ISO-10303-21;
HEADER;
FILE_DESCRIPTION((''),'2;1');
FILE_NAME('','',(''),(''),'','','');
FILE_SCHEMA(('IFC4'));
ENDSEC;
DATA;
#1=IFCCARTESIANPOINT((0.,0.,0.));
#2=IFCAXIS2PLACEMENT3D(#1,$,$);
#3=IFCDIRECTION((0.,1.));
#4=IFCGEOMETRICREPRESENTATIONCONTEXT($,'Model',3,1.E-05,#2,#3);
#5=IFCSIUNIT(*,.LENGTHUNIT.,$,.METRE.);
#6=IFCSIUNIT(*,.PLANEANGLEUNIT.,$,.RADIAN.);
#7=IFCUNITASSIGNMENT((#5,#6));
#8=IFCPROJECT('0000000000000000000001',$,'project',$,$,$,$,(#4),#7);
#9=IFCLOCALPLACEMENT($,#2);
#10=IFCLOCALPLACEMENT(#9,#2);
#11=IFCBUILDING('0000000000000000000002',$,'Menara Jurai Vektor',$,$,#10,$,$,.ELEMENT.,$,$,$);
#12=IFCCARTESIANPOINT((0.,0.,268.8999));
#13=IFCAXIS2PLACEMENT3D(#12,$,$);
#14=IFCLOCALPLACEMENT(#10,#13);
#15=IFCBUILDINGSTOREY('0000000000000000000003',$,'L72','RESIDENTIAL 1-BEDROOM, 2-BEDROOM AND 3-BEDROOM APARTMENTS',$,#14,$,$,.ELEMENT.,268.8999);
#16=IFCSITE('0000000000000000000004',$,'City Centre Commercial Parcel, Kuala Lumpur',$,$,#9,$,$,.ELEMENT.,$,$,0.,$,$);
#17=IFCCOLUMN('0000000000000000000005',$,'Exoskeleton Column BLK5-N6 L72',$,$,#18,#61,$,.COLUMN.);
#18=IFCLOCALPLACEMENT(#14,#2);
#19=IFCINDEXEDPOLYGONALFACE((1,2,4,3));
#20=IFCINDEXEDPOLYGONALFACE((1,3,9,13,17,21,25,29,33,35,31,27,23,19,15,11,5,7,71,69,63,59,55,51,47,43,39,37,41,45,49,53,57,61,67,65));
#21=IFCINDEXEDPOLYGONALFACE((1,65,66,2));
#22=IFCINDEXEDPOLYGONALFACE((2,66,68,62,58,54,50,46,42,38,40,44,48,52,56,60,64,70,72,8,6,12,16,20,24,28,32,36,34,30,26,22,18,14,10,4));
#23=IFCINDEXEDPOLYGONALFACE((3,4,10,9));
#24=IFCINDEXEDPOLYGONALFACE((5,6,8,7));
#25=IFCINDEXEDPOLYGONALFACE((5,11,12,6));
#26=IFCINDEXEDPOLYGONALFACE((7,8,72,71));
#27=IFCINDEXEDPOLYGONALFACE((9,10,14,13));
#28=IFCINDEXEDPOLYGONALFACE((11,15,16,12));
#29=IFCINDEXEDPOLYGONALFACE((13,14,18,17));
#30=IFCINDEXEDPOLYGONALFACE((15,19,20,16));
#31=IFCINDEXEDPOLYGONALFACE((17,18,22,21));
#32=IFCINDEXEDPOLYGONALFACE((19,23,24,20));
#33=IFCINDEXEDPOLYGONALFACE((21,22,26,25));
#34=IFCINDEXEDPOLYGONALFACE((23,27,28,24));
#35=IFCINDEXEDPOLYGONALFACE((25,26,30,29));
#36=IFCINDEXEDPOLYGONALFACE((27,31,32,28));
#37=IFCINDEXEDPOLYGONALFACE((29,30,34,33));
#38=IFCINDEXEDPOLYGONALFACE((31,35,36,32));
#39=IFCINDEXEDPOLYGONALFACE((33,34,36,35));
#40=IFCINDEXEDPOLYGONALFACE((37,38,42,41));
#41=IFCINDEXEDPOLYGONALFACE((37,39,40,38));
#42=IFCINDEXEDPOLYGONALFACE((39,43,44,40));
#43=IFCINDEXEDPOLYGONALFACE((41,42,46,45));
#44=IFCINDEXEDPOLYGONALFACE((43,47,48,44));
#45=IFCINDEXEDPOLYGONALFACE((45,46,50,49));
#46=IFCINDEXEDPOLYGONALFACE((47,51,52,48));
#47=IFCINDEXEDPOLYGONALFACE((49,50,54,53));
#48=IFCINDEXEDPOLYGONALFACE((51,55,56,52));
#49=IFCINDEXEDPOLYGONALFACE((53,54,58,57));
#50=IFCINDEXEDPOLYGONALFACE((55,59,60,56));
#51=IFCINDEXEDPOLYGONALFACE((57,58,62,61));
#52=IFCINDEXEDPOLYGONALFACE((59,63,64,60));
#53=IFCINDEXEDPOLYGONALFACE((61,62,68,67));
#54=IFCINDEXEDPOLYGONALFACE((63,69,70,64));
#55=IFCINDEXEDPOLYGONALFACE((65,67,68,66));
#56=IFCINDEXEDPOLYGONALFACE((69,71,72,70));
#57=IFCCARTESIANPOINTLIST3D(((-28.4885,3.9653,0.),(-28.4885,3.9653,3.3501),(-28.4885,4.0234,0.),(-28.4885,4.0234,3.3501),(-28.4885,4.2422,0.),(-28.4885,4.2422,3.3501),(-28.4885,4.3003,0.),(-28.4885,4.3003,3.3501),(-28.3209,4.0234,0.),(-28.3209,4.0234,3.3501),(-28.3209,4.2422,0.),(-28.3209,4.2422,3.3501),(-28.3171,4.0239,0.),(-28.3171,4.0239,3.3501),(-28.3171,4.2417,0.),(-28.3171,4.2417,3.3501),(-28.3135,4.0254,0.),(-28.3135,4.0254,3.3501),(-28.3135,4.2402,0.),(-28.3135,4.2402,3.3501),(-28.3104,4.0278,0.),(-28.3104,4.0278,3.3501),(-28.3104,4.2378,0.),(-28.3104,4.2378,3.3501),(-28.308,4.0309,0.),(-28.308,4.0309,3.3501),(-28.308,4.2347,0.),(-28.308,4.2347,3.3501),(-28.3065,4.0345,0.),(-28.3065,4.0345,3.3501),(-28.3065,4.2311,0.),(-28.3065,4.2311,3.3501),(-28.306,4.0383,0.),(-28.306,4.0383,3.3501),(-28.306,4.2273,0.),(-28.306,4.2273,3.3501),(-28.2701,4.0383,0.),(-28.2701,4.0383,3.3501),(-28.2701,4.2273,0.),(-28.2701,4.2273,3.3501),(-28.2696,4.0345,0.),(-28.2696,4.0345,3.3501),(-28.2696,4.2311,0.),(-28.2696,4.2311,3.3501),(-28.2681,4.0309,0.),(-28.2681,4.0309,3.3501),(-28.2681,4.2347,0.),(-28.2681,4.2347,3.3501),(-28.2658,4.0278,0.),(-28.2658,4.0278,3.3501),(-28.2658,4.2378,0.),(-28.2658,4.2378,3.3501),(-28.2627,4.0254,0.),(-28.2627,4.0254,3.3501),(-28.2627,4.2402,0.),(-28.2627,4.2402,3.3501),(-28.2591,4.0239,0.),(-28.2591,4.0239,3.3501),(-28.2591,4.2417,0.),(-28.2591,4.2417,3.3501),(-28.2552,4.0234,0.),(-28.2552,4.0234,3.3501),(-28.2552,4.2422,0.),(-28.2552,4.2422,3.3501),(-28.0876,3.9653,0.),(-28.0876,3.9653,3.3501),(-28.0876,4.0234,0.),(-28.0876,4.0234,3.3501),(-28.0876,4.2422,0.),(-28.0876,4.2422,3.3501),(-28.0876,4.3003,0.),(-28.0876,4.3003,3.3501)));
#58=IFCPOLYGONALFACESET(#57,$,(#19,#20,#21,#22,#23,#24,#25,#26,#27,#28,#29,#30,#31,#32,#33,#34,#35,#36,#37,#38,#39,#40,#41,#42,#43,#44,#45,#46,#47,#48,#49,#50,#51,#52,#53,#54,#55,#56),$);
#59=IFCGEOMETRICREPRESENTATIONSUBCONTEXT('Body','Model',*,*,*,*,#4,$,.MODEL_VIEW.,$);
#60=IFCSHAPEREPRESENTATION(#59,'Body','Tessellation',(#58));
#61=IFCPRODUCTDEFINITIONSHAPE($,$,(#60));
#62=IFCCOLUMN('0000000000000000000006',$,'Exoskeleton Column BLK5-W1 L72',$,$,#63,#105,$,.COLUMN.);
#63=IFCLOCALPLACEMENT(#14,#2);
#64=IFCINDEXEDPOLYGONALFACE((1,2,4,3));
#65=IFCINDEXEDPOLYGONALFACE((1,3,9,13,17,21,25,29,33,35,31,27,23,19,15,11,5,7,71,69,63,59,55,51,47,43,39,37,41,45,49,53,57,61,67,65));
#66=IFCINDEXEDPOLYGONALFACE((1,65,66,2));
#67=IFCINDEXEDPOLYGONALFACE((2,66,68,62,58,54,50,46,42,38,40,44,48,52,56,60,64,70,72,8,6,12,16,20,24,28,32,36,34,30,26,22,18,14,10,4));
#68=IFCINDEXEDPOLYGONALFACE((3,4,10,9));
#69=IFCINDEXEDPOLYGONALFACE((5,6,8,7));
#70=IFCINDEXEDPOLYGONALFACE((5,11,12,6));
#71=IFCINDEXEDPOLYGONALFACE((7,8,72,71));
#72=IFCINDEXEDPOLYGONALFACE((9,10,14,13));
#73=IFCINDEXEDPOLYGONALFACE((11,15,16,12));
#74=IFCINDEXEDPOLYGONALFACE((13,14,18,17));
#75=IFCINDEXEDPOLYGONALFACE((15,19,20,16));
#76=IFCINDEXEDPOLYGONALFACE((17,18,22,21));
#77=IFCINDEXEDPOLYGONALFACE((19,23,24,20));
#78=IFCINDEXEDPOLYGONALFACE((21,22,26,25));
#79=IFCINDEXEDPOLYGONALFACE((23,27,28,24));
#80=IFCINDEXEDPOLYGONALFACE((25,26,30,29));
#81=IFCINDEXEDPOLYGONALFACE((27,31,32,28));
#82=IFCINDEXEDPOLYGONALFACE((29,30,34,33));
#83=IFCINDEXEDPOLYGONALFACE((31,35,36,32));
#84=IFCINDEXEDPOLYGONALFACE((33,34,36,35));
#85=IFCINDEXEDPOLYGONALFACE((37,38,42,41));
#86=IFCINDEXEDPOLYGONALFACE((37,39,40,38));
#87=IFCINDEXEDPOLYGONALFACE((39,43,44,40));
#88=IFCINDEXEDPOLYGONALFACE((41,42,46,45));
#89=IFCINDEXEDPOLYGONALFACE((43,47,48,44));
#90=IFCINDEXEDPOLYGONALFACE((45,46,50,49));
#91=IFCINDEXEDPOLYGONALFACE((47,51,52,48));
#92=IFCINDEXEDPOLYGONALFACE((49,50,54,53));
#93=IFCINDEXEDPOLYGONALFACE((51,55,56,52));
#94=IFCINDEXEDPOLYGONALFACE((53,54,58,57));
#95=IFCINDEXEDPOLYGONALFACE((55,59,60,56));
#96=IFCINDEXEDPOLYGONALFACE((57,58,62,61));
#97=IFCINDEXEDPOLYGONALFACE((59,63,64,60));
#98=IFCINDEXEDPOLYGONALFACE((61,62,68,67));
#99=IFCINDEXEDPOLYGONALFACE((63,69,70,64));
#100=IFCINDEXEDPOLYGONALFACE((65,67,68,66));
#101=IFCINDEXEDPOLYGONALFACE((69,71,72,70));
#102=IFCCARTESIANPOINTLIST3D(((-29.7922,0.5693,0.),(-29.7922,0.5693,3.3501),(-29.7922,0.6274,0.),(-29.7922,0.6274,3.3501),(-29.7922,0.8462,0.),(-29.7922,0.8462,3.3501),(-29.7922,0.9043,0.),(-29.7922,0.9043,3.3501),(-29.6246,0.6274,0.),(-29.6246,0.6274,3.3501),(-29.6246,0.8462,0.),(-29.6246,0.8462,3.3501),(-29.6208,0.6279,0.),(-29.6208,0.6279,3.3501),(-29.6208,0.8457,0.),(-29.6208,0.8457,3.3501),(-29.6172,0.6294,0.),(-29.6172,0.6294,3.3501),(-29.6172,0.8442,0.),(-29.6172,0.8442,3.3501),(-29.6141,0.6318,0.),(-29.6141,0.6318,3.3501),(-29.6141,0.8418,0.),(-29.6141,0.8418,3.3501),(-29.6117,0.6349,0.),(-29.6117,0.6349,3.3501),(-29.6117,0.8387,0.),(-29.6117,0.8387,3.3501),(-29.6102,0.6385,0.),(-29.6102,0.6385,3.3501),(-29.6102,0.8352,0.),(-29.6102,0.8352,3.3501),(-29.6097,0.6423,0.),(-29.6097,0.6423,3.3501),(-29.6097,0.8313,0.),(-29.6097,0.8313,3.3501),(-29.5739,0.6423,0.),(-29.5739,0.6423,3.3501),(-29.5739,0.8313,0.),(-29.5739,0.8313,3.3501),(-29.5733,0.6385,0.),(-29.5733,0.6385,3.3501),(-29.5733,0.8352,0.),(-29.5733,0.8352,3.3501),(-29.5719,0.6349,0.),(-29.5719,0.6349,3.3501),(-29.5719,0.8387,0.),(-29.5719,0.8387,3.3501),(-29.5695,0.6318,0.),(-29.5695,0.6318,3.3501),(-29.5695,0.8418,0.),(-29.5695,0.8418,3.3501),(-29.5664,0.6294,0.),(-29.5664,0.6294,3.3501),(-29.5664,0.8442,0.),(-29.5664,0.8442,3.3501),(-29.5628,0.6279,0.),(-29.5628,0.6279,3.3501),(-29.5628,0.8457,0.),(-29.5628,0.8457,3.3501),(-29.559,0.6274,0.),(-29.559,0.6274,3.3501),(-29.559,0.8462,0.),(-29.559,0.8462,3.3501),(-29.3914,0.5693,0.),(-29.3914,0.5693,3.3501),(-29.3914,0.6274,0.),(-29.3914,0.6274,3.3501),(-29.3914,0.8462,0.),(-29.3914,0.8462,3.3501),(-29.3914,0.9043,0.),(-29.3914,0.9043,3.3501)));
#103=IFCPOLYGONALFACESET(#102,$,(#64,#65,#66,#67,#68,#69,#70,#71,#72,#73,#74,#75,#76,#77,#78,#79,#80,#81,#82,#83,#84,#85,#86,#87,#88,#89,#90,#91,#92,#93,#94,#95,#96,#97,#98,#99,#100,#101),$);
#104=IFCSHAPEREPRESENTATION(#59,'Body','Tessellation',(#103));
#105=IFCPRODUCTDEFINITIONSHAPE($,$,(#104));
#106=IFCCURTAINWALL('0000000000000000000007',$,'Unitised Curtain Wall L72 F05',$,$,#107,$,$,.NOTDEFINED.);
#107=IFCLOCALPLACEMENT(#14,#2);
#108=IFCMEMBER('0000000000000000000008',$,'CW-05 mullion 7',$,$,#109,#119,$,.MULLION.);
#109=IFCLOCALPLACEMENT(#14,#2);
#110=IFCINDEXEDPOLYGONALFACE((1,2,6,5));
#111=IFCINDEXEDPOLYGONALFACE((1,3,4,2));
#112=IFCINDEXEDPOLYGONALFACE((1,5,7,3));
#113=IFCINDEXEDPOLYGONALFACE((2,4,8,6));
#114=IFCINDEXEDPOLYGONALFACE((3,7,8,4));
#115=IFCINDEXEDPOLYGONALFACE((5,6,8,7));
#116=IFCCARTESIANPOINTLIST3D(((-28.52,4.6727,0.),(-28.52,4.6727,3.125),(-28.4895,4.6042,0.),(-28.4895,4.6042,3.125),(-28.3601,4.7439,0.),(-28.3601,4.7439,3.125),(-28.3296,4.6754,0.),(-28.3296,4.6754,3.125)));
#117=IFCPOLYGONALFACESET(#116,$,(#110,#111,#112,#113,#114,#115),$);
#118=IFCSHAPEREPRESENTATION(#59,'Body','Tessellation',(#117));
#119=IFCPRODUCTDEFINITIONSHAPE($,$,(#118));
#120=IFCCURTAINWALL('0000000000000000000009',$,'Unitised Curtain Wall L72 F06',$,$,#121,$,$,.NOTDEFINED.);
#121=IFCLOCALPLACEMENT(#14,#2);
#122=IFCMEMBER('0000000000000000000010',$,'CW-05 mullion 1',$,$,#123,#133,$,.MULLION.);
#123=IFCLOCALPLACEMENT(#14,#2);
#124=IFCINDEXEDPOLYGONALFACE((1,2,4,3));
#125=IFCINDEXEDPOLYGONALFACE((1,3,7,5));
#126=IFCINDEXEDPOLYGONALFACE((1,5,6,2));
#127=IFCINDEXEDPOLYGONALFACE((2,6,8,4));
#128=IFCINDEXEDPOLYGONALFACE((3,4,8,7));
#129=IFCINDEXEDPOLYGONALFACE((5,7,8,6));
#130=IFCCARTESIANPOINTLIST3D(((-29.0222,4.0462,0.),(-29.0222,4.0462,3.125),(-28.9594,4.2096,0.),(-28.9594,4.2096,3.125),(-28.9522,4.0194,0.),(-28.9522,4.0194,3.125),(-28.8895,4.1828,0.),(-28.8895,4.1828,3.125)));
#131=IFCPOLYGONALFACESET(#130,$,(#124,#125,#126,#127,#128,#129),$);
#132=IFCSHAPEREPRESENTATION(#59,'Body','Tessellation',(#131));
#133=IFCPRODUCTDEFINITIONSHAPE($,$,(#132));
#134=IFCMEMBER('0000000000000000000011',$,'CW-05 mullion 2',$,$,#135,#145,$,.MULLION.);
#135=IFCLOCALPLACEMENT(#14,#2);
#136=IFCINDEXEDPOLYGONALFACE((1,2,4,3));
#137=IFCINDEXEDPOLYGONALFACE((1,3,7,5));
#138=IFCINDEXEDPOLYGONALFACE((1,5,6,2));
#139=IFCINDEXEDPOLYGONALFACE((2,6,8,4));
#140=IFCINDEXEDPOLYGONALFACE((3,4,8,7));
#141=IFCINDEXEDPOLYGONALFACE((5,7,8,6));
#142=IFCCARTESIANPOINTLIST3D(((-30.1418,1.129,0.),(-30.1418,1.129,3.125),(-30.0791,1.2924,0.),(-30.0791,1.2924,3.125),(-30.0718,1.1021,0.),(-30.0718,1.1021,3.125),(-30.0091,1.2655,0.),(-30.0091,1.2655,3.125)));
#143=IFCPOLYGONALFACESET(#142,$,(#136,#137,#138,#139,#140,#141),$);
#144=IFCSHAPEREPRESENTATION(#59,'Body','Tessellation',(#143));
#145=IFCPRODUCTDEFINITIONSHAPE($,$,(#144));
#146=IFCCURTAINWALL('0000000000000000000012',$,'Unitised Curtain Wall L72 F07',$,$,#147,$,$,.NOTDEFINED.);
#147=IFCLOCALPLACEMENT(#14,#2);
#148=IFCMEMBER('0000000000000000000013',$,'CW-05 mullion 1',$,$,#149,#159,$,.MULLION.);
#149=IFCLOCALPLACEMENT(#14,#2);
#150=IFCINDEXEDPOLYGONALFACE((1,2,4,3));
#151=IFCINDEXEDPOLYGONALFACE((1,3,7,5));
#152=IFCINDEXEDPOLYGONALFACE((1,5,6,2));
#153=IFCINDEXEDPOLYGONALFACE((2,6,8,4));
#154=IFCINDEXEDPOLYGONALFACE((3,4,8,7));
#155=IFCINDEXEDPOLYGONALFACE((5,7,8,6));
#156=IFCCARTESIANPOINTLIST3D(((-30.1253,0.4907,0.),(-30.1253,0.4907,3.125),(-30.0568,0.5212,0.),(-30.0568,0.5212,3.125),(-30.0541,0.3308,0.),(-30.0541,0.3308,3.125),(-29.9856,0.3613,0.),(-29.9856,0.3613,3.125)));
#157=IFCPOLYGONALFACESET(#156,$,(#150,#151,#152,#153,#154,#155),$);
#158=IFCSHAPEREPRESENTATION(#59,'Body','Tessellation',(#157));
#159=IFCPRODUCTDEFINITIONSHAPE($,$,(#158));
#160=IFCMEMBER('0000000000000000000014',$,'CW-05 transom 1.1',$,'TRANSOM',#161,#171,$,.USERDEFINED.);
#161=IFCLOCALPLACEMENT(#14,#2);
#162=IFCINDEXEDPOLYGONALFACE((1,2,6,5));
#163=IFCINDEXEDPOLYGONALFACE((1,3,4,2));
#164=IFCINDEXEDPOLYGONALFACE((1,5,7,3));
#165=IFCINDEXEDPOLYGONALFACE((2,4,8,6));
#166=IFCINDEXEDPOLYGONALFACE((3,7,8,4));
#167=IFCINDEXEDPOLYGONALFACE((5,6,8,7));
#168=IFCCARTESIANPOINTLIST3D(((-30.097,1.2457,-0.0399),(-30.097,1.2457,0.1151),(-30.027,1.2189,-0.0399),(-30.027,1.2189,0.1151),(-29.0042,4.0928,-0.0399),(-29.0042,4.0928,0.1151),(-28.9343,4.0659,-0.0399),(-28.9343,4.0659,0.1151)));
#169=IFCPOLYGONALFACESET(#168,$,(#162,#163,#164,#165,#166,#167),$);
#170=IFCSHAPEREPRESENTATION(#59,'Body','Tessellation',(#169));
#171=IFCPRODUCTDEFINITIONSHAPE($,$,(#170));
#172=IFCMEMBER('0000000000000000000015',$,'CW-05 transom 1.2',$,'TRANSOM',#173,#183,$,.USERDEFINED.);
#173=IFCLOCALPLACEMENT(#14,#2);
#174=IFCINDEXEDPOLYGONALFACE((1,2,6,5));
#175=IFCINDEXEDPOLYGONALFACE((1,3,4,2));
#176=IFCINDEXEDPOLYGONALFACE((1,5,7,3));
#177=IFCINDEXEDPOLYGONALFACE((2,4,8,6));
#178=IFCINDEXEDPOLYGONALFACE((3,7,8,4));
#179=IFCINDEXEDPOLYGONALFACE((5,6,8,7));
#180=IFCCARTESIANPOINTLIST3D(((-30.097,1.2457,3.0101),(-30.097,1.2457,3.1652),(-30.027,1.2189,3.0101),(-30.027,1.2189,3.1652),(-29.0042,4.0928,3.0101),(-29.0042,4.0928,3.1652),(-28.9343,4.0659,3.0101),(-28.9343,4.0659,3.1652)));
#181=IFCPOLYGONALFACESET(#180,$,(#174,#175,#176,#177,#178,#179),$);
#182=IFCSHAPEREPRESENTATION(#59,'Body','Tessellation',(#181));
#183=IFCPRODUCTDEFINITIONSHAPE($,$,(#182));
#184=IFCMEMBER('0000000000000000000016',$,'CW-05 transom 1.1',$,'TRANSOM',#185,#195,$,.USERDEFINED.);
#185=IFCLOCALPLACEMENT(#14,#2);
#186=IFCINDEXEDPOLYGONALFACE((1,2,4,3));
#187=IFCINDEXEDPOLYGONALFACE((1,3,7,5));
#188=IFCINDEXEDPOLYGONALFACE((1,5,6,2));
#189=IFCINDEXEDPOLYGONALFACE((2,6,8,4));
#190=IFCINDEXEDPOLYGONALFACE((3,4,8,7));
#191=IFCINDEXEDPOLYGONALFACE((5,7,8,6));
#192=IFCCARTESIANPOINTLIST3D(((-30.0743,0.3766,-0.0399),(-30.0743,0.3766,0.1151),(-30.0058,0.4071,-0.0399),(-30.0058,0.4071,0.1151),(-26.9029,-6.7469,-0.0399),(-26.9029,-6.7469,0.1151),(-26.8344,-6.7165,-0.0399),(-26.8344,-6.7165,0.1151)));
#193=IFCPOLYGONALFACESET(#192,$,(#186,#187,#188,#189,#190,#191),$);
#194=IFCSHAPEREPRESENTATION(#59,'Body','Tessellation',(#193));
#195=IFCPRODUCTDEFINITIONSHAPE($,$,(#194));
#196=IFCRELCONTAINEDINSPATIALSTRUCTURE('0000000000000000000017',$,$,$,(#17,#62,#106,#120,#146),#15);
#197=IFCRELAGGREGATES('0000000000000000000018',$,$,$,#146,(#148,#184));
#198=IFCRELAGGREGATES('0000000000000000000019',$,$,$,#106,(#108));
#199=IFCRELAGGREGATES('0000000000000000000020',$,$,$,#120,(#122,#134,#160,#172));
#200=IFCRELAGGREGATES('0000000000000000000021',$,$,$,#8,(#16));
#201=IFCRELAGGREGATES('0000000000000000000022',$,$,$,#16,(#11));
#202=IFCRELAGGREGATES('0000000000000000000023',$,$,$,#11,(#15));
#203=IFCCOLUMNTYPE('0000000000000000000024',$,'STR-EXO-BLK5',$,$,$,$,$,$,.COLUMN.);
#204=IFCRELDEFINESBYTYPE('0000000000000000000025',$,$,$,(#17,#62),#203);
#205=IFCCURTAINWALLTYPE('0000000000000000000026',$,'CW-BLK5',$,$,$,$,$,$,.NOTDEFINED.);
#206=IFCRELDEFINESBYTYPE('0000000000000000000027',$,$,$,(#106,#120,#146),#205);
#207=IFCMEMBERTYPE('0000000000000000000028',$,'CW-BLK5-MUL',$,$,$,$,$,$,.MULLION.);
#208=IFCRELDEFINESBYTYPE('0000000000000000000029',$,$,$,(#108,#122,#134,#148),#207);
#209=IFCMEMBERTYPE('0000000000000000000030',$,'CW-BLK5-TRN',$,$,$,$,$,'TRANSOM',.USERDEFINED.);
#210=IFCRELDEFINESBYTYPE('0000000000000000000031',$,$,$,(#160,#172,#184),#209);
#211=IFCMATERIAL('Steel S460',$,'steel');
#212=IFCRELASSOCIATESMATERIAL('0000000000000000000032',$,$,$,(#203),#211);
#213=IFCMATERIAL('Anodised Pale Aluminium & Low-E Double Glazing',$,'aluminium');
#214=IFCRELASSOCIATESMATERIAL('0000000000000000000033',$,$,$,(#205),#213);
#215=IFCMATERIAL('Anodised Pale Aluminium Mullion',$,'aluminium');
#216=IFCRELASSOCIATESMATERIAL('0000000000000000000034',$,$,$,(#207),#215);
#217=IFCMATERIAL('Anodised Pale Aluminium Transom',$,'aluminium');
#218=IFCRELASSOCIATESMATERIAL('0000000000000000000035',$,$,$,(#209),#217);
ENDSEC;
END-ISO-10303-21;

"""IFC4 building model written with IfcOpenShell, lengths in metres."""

from ifc_helpers import new_model, si_unit, direction, frame, origin, origin_2d, place, context, subcontext, project, spatial, rectangle, i_section, extrude, material, material_profile, profile_set, type_object, element, aggregate, save


model = new_model("IFC4")

# Units and contexts
model_context = context("Model", 3, precision=1e-05, world=origin(), true_north=direction((0.0, 1.0)))
body_context = subcontext(model_context, "Body", "Model", "MODEL_VIEW")
ifc_project = project(units=[si_unit("LENGTHUNIT", "METRE"), si_unit("PLANEANGLEUNIT", "RADIAN")], contexts=[model_context])

# Site, building, storey
site_placement = place(None, origin())
site = spatial("IfcSite", under=ifc_project, at=site_placement, Name="City Centre Commercial Parcel, Kuala Lumpur", CompositionType="ELEMENT", RefElevation=0.0)
building_placement = place(site_placement, origin())
building = spatial("IfcBuilding", under=site, at=building_placement, Name="Menara Jurai Vektor", CompositionType="ELEMENT")
storey_placement = place(building_placement, frame((0.0, 0.0, 268.8999)))
storey = spatial("IfcBuildingStorey", under=building, at=storey_placement, Name="L72", Description="RESIDENTIAL 1-BEDROOM, 2-BEDROOM AND 3-BEDROOM APARTMENTS", CompositionType="ELEMENT", Elevation=268.8999)

# Columns
ifc_material_1 = material(Name="Steel S460", Category="steel")
ifc_material_profile_1 = material_profile(ifc_material_1, i_section(OverallWidth=0.4009, OverallDepth=0.335, WebThickness=0.0359, FlangeThickness=0.0581, FilletRadius=0.0149, at=origin_2d()), Name="HD 400x463")
ifc_profile_set_1 = profile_set([ifc_material_profile_1], Name="Steel S460")
column_type = type_object("IfcColumnType", Name="STR-EXO-BLK5", PredefinedType="COLUMN", material=ifc_profile_set_1)
for number, where, z_axis, x_axis, name in (
    (1, (-28.2881, 4.1328, 0.0), (0.0, 0.0, 1.0), (1.0, 0.0, 0.0), "Exoskeleton Column BLK5-N6 L72"),
    (2, (-29.5918, 0.7368, 0.0), (0.0, 0.0, 1.0), (1.0, 0.0, 0.0), "Exoskeleton Column BLK5-W1 L72"),
):
    element("IfcColumn", number, at=place(storey_placement, frame(where, z_axis=z_axis, x_axis=x_axis)), inside=storey, type_object=column_type, Name=name, PredefinedType="COLUMN", context=body_context, shape_type="SweptSolid", body=[
        extrude(i_section(OverallWidth=0.4009, OverallDepth=0.335, WebThickness=0.0359, FlangeThickness=0.0581, FilletRadius=0.0149, at=origin_2d()), origin(), (0.0, 0.0, 1.0), 3.3501),
    ])

# Curtain wall, member
ifc_material_2 = material(Name="Anodised Pale Aluminium & Low-E Double Glazing", Category="aluminium")
curtain_wall_type = type_object("IfcCurtainWallType", Name="CW-BLK5", PredefinedType="NOTDEFINED", material=ifc_material_2)
curtain_wall_1_placement = place(storey_placement, origin())
curtain_wall_1 = element("IfcCurtainWall", 3, at=curtain_wall_1_placement, inside=storey, type_object=curtain_wall_type, Name="Unitised Curtain Wall L72 F05", PredefinedType="NOTDEFINED")
ifc_material_3 = material(Name="Anodised Pale Aluminium Mullion", Category="aluminium")
ifc_material_profile_2 = material_profile(ifc_material_3, rectangle(XDim=0.075, YDim=0.175, at=origin_2d()), Name="ALU MUL 75x175")
ifc_profile_set_2 = profile_set([ifc_material_profile_2], Name="Anodised Pale Aluminium Mullion")
member_type_1 = type_object("IfcMemberType", Name="CW-BLK5-MUL", PredefinedType="MULLION", material=ifc_profile_set_2)
member_1_placement = place(storey_placement, frame((-28.4248, 4.6741, 0.0), z_axis=(0.0, 0.0, 1.0), x_axis=(0.406735, -0.913546, 0.0)))
member_1 = element("IfcMember", 4, at=member_1_placement, type_object=member_type_1, Name="CW-05 mullion 7", PredefinedType="MULLION", context=body_context, shape_type="SweptSolid", body=[
    extrude(rectangle(XDim=0.075, YDim=0.175, at=origin_2d()), origin(), (0.0, 0.0, 1.0), 3.125),
])

# Curtain wall, members
curtain_wall_2_placement = place(storey_placement, origin())
curtain_wall_2 = element("IfcCurtainWall", 5, at=curtain_wall_2_placement, inside=storey, type_object=curtain_wall_type, Name="Unitised Curtain Wall L72 F06", PredefinedType="NOTDEFINED")
member_2_placement = place(storey_placement, frame((-28.9558, 4.1145, 0.0), z_axis=(0.0, 0.0, 1.0), x_axis=(0.933578, -0.358374, 0.0)))
member_2 = element("IfcMember", 6, at=member_2_placement, type_object=member_type_1, Name="CW-05 mullion 1", PredefinedType="MULLION", context=body_context, shape_type="SweptSolid", body=[
    extrude(rectangle(XDim=0.075, YDim=0.175, at=origin_2d()), origin(), (0.0, 0.0, 1.0), 3.125),
])
member_3_placement = place(storey_placement, frame((-30.0754, 1.1973, 0.0), z_axis=(0.0, 0.0, 1.0), x_axis=(0.933578, -0.358374, 0.0)))
member_3 = element("IfcMember", 7, at=member_3_placement, type_object=member_type_1, Name="CW-05 mullion 2", PredefinedType="MULLION", context=body_context, shape_type="SweptSolid", body=[
    extrude(rectangle(XDim=0.075, YDim=0.175, at=origin_2d()), origin(), (0.0, 0.0, 1.0), 3.125),
])

# Curtain wall, member
curtain_wall_3_placement = place(storey_placement, origin())
curtain_wall_3 = element("IfcCurtainWall", 8, at=curtain_wall_3_placement, inside=storey, type_object=curtain_wall_type, Name="Unitised Curtain Wall L72 F07", PredefinedType="NOTDEFINED")
member_4_placement = place(storey_placement, frame((-30.0554, 0.426, 0.0), z_axis=(0.0, 0.0, 1.0), x_axis=(0.913546, 0.406735, 0.0)))
member_4 = element("IfcMember", 9, at=member_4_placement, type_object=member_type_1, Name="CW-05 mullion 1", PredefinedType="MULLION", context=body_context, shape_type="SweptSolid", body=[
    extrude(rectangle(XDim=0.075, YDim=0.175, at=origin_2d()), origin(), (0.0, 0.0, 1.0), 3.125),
])

# Members
ifc_material_4 = material(Name="Anodised Pale Aluminium Transom", Category="aluminium")
ifc_material_profile_3 = material_profile(ifc_material_4, rectangle(XDim=0.075, YDim=0.155, at=origin_2d()), Name="ALU TRN 75x155")
ifc_profile_set_3 = profile_set([ifc_material_profile_3], Name="Anodised Pale Aluminium Transom")
member_type_2 = type_object("IfcMemberType", Name="CW-BLK5-TRN", ElementType="TRANSOM", PredefinedType="USERDEFINED", material=ifc_profile_set_3)
member_5_placement = place(storey_placement, frame((-28.9692, 4.0793, 0.0376), z_axis=(-0.358325, -0.933597, 0.0), x_axis=(0.933597, -0.358325, 0.0)))
member_5 = element("IfcMember", 10, at=member_5_placement, type_object=member_type_2, Name="CW-05 transom 1.1", ObjectType="TRANSOM", PredefinedType="USERDEFINED", context=body_context, shape_type="SweptSolid", body=[
    extrude(rectangle(XDim=0.075, YDim=0.155, at=origin_2d()), origin(), (0.0, 0.0, 1.0), 3.0496),
])
member_6_placement = place(storey_placement, frame((-28.9692, 4.0793, 3.0876), z_axis=(-0.358325, -0.933597, 0.0), x_axis=(0.933597, -0.358325, 0.0)))
member_6 = element("IfcMember", 11, at=member_6_placement, type_object=member_type_2, Name="CW-05 transom 1.2", ObjectType="TRANSOM", PredefinedType="USERDEFINED", context=body_context, shape_type="SweptSolid", body=[
    extrude(rectangle(XDim=0.075, YDim=0.155, at=origin_2d()), origin(), (0.0, 0.0, 1.0), 3.0496),
])
member_7_placement = place(storey_placement, frame((-30.04, 0.3918, 0.0376), z_axis=(0.406714, -0.913556, 0.0), x_axis=(0.913556, 0.406714, 0.0)))
member_7 = element("IfcMember", 12, at=member_7_placement, type_object=member_type_2, Name="CW-05 transom 1.1", ObjectType="TRANSOM", PredefinedType="USERDEFINED", context=body_context, shape_type="SweptSolid", body=[
    extrude(rectangle(XDim=0.075, YDim=0.155, at=origin_2d()), origin(), (0.0, 0.0, 1.0), 7.7976),
])
aggregate(curtain_wall_3, [member_4, member_7])

aggregate(curtain_wall_1, [member_1])
aggregate(curtain_wall_2, [member_2, member_3, member_5, member_6])

save(model, "model.ifc")
